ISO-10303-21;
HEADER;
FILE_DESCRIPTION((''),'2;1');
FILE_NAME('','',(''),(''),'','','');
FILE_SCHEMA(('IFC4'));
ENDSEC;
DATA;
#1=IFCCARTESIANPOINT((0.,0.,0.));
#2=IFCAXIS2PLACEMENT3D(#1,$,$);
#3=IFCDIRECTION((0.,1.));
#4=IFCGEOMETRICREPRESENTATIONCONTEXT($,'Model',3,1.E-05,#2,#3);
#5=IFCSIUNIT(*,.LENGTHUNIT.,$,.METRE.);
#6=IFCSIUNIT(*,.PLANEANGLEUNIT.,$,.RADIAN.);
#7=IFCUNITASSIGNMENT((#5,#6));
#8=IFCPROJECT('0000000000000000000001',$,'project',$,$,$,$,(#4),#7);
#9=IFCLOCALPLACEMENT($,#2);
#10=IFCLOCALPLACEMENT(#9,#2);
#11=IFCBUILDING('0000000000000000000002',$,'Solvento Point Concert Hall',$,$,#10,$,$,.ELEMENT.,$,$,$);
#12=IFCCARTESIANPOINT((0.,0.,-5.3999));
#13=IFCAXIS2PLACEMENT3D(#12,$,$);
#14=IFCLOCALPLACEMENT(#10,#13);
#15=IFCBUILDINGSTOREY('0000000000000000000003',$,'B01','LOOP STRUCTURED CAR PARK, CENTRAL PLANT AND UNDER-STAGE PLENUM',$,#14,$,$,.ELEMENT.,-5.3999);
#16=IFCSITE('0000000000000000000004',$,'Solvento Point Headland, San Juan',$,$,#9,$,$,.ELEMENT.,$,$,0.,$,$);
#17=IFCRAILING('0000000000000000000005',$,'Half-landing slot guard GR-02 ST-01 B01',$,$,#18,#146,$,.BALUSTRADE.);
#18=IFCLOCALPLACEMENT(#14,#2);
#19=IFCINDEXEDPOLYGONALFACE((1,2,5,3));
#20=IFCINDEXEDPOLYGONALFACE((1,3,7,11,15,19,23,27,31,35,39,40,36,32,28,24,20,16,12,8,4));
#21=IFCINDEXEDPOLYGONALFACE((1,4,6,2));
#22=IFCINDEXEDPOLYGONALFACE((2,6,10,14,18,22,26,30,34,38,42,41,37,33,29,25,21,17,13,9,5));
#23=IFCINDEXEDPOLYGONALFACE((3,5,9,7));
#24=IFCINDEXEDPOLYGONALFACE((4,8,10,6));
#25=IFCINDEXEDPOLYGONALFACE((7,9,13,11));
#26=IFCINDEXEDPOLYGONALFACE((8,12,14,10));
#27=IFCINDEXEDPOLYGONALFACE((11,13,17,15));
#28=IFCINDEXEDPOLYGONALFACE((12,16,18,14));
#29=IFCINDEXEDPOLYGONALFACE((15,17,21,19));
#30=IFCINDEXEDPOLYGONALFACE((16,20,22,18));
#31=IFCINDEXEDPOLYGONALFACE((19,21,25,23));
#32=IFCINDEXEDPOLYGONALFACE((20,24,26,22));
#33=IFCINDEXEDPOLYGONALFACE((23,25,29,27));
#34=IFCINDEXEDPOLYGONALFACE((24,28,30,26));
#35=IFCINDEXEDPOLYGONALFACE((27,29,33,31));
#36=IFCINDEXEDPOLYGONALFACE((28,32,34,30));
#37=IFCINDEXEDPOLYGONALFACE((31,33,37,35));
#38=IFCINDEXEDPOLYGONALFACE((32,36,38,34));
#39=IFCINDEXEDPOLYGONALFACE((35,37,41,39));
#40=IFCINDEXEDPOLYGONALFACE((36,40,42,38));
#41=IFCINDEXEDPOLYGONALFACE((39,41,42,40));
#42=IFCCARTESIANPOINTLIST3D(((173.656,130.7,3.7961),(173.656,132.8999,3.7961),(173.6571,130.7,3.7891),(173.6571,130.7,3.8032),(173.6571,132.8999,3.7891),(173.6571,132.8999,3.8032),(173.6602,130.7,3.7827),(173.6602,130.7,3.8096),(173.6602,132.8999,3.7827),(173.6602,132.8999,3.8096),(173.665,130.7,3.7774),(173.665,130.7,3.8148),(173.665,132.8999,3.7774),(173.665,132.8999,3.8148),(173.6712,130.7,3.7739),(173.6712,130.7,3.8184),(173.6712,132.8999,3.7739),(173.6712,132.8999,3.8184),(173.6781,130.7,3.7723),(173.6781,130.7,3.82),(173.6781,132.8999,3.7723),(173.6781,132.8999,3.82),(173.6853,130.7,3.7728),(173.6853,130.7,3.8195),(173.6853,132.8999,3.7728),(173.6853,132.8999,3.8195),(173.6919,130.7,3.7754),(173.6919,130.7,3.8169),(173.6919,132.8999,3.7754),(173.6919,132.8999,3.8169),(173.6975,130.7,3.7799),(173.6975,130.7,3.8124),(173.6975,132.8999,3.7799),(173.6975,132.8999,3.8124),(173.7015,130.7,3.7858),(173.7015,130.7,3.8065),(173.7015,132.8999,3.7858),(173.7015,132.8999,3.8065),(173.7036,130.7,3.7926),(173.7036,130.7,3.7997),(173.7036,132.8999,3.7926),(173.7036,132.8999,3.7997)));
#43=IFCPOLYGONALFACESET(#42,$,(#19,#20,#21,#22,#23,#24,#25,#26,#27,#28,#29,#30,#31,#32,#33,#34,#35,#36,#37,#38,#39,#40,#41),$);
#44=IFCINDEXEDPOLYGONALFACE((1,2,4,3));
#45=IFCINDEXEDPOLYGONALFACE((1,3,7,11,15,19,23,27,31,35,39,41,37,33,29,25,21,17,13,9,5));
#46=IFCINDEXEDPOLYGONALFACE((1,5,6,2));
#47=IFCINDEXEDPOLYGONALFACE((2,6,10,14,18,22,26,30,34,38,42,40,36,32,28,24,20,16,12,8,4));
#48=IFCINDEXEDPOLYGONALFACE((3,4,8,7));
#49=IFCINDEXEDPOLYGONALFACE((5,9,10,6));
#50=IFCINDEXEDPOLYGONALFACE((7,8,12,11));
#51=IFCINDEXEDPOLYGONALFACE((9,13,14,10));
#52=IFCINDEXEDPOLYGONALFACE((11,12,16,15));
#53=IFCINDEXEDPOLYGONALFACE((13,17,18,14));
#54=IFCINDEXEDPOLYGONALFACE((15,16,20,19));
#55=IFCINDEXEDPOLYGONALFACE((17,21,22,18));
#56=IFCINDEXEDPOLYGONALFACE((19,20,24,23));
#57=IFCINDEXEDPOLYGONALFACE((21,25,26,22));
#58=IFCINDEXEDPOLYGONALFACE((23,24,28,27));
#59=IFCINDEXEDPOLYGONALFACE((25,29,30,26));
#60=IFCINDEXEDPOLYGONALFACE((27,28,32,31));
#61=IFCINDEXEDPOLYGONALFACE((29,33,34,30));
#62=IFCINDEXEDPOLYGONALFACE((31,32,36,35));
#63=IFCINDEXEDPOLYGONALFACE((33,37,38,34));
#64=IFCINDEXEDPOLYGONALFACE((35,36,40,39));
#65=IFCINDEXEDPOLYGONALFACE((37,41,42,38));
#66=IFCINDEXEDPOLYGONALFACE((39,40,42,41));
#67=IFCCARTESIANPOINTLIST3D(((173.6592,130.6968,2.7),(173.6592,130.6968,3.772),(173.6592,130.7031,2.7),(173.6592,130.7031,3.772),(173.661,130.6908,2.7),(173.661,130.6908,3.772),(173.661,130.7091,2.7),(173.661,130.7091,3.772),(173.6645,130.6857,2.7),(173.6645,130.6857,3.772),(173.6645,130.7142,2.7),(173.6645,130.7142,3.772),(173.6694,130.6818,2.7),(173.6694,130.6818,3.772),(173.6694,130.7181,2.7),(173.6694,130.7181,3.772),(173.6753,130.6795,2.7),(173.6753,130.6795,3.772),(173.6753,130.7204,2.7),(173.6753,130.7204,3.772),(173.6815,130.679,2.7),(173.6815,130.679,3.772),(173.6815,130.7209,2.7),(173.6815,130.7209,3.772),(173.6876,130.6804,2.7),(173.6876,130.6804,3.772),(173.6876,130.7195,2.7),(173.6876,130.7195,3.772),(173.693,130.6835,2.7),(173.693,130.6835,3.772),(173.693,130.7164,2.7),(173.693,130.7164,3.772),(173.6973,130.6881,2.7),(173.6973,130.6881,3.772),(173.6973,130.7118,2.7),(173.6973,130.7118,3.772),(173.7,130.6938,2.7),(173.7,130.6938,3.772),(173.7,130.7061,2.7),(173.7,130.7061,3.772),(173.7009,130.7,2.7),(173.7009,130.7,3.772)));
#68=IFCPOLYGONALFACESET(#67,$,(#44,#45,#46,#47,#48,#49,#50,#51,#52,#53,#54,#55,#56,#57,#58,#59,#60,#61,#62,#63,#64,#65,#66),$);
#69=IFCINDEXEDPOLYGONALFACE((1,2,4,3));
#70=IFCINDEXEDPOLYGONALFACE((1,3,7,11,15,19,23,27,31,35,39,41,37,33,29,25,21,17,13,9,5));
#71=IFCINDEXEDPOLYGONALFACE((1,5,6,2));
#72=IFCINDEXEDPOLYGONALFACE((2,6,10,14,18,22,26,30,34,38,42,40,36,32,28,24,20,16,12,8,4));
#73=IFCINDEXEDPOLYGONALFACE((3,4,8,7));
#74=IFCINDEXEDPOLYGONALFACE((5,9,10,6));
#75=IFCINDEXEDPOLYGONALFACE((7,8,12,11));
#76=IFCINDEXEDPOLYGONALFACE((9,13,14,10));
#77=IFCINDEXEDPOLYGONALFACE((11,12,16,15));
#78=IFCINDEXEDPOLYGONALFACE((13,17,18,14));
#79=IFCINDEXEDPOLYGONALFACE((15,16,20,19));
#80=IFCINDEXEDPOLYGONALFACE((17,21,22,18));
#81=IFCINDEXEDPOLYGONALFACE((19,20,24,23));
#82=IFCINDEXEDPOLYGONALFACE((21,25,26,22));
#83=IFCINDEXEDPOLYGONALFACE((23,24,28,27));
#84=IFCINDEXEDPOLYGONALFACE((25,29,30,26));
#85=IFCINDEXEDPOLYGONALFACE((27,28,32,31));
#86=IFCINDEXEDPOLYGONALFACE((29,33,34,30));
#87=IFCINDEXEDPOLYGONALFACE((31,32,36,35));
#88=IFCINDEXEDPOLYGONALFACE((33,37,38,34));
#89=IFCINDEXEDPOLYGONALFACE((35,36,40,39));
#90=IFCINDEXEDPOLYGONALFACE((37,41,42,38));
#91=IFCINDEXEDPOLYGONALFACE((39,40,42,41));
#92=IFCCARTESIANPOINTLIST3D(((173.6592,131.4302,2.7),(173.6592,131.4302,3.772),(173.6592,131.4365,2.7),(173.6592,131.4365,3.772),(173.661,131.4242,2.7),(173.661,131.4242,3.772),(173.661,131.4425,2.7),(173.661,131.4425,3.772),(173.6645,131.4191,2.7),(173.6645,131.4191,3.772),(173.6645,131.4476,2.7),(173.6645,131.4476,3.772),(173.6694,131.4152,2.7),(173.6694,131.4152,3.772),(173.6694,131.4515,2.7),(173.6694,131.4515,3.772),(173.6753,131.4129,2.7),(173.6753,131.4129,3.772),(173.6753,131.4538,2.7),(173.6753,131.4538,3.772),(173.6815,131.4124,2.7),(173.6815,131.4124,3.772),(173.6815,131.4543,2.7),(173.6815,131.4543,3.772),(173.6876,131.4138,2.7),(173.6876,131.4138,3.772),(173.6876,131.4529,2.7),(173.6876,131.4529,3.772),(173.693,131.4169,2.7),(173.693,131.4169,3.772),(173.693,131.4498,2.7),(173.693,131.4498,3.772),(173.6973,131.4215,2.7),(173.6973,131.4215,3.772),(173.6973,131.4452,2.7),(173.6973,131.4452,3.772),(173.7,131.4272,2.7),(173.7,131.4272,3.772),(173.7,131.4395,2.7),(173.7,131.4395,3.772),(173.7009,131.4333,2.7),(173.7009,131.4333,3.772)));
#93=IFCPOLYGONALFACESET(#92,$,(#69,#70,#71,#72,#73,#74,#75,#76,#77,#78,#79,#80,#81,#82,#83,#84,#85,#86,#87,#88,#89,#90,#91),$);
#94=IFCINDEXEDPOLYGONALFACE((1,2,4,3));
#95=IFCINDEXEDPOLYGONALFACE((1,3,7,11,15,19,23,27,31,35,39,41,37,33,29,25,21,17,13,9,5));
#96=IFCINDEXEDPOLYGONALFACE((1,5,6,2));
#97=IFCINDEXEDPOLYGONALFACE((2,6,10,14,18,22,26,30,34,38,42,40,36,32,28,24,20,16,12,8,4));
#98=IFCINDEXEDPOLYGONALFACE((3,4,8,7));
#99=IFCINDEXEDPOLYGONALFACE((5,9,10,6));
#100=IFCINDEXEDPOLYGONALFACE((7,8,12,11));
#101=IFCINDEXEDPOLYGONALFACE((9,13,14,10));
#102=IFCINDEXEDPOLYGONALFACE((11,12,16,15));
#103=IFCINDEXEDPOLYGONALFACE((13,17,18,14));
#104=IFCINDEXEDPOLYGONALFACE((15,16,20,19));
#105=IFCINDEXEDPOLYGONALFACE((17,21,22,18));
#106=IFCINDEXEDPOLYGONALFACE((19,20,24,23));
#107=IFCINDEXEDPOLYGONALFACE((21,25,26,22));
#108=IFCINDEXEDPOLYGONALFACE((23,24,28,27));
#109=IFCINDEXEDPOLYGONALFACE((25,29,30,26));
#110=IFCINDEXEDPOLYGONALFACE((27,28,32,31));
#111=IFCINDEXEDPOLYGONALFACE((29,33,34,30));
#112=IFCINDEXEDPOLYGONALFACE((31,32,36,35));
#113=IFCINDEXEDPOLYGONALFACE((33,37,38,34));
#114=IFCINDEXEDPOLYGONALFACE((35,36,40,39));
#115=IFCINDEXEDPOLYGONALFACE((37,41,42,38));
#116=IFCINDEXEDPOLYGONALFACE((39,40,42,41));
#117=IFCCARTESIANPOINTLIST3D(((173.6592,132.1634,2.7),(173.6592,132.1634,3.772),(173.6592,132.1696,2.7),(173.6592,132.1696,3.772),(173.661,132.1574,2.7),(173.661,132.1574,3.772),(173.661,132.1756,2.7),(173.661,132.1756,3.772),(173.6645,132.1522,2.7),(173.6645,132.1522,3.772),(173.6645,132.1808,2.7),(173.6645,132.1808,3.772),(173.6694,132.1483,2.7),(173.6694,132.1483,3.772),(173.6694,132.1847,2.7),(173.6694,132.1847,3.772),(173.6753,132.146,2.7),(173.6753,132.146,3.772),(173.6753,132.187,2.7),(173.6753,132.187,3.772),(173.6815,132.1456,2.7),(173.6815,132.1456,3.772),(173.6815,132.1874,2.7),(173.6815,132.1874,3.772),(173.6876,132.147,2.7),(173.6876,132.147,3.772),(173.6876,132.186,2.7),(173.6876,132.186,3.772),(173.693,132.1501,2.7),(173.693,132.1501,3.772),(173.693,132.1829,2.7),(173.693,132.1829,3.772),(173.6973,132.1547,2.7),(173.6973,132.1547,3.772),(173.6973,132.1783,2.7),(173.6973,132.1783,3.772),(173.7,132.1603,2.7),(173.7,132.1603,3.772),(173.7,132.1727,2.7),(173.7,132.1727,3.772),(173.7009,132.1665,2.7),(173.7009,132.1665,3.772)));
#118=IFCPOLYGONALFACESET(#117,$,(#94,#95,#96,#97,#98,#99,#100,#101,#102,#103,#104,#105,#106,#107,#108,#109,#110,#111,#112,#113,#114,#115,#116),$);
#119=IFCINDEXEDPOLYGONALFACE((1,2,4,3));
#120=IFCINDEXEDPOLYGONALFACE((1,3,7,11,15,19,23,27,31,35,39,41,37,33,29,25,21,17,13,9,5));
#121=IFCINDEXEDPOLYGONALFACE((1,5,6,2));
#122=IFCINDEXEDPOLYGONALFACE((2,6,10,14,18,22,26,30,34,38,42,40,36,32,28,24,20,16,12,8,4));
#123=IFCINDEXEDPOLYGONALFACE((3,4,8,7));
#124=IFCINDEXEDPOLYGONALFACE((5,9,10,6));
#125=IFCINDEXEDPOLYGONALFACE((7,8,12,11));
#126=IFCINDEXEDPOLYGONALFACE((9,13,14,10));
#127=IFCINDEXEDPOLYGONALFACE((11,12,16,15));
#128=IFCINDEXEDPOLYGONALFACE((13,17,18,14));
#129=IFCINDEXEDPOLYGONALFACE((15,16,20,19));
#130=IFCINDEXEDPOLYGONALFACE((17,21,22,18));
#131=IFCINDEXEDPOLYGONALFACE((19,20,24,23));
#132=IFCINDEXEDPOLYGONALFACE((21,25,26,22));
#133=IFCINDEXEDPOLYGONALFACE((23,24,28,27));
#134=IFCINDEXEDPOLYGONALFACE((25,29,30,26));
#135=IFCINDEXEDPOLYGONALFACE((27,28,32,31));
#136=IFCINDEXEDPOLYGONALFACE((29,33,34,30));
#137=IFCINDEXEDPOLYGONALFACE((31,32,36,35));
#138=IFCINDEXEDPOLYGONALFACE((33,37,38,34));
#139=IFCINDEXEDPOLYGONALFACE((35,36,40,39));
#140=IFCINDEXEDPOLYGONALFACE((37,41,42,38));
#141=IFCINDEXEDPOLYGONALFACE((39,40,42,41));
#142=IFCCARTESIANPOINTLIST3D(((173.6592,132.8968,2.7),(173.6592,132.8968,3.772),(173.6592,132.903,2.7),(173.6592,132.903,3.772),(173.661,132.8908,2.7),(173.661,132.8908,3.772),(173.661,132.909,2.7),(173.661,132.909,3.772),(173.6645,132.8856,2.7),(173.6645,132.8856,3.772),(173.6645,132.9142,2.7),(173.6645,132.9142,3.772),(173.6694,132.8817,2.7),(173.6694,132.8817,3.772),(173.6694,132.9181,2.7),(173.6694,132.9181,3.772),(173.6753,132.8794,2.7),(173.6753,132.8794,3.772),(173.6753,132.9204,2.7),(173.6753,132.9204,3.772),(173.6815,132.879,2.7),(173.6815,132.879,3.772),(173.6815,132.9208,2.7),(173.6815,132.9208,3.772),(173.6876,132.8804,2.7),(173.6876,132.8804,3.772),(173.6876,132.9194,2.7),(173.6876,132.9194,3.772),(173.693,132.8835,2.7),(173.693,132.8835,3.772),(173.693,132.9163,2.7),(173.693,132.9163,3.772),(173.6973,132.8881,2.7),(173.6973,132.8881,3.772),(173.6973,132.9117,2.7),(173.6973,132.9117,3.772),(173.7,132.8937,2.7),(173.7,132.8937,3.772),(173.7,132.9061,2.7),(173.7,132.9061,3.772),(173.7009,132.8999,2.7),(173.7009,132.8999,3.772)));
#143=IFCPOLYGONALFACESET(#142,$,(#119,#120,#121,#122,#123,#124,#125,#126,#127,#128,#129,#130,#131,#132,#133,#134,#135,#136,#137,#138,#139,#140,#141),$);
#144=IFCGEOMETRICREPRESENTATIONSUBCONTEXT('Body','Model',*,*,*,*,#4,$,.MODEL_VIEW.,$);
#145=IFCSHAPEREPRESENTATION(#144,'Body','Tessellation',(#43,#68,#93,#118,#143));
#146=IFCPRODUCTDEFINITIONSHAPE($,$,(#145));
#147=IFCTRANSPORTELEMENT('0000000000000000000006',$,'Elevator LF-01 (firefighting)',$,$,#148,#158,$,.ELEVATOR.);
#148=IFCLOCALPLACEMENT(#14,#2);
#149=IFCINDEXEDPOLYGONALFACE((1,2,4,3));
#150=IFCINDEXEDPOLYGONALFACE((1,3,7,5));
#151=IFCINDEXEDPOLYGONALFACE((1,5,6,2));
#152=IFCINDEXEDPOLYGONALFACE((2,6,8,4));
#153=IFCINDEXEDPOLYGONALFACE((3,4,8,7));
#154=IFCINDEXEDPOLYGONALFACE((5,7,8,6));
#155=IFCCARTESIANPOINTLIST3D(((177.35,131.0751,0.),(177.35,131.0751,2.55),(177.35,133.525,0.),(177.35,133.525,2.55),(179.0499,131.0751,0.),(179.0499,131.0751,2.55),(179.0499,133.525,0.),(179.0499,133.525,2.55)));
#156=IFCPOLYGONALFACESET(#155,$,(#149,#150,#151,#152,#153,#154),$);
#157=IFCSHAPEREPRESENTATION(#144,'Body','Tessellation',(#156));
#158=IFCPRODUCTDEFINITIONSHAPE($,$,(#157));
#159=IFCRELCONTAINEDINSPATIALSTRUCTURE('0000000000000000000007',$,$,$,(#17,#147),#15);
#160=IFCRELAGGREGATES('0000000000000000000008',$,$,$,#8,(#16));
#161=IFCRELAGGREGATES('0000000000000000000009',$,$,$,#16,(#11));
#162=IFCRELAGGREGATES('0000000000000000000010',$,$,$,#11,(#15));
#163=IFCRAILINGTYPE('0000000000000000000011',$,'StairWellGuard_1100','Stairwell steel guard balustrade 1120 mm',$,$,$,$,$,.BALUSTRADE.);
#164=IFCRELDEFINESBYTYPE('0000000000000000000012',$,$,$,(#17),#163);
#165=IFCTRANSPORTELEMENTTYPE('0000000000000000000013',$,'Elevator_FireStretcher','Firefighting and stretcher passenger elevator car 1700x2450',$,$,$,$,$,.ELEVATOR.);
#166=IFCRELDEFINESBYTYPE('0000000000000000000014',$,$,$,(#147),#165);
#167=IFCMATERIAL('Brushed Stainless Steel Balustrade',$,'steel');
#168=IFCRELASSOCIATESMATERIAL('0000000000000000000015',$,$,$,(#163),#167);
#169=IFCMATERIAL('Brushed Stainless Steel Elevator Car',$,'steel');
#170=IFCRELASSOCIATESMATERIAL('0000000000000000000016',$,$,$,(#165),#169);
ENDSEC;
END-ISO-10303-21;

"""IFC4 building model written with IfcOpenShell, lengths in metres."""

from ifc_helpers import new_model, si_unit, direction, frame, origin, origin_2d, place, context, subcontext, project, spatial, rectangle, circle, extrude, material, type_object, element, save


model = new_model("IFC4")

# Units and contexts
model_context = context("Model", 3, precision=1e-05, world=origin(), true_north=direction((0.0, 1.0)))
body_context = subcontext(model_context, "Body", "Model", "MODEL_VIEW")
ifc_project = project(units=[si_unit("LENGTHUNIT", "METRE"), si_unit("PLANEANGLEUNIT", "RADIAN")], contexts=[model_context])

# Site, building, storey
site_placement = place(None, origin())
site = spatial("IfcSite", under=ifc_project, at=site_placement, Name="Solvento Point Headland, San Juan", CompositionType="ELEMENT", RefElevation=0.0)
building_placement = place(site_placement, origin())
building = spatial("IfcBuilding", under=site, at=building_placement, Name="Solvento Point Concert Hall", CompositionType="ELEMENT")
storey_placement = place(building_placement, frame((0.0, 0.0, -5.3999)))
storey = spatial("IfcBuildingStorey", under=building, at=storey_placement, Name="B01", Description="LOOP STRUCTURED CAR PARK, CENTRAL PLANT AND UNDER-STAGE PLENUM", CompositionType="ELEMENT", Elevation=-5.3999)

# Railing
ifc_material_1 = material(Name="Brushed Stainless Steel Balustrade", Category="steel")
railing_type_1 = type_object("IfcRailingType", Name="StairWellGuard_1100", Description="Stairwell steel guard balustrade 1120 mm", PredefinedType="BALUSTRADE", material=ifc_material_1)
railing_1_placement = place(storey_placement, frame((173.6799, 130.7, 2.7)))
element("IfcRailing", 1, at=railing_1_placement, inside=storey, type_object=railing_type_1, Name="Half-landing slot guard GR-02 ST-01 B01", PredefinedType="BALUSTRADE", context=body_context, shape_type="SweptSolid", body=[
    extrude(circle(Radius=0.0239, at=origin_2d()), frame((0.0, 0.0, 1.0962), z_axis=(0.0, 1.0, 0.0), x_axis=(-1.0, 0.0, 0.0)), (0.0, 0.0, 1.0), 2.2),
    extrude(circle(Radius=0.021, at=origin_2d()), origin(), (0.0, 0.0, 1.0), 1.072),
    extrude(circle(Radius=0.021, at=origin_2d()), frame((0.0, 0.7334, 0.0)), (0.0, 0.0, 1.0), 1.072),
    extrude(circle(Radius=0.021, at=origin_2d()), frame((0.0, 1.4666, 0.0)), (0.0, 0.0, 1.0), 1.072),
    extrude(circle(Radius=0.021, at=origin_2d()), frame((0.0, 2.2, 0.0)), (0.0, 0.0, 1.0), 1.072),
])

# Transport element
ifc_material_2 = material(Name="Brushed Stainless Steel Elevator Car", Category="steel")
transport_element_type = type_object("IfcTransportElementType", Name="Elevator_FireStretcher", Description="Firefighting and stretcher passenger elevator car 1700x2450", PredefinedType="ELEVATOR", material=ifc_material_2)
transport_element_placement = place(storey_placement, frame((178.2, 132.3, 0.0), z_axis=(0.0, 0.0, 1.0), x_axis=(1.0, 0.0, 0.0)))
element("IfcTransportElement", 2, at=transport_element_placement, inside=storey, type_object=transport_element_type, Name="Elevator LF-01 (firefighting)", PredefinedType="ELEVATOR", context=body_context, shape_type="SweptSolid", body=[
    extrude(rectangle(XDim=1.7, YDim=2.45, at=origin_2d()), origin(), (0.0, 0.0, 1.0), 2.55),
])

save(model, "model.ifc")
